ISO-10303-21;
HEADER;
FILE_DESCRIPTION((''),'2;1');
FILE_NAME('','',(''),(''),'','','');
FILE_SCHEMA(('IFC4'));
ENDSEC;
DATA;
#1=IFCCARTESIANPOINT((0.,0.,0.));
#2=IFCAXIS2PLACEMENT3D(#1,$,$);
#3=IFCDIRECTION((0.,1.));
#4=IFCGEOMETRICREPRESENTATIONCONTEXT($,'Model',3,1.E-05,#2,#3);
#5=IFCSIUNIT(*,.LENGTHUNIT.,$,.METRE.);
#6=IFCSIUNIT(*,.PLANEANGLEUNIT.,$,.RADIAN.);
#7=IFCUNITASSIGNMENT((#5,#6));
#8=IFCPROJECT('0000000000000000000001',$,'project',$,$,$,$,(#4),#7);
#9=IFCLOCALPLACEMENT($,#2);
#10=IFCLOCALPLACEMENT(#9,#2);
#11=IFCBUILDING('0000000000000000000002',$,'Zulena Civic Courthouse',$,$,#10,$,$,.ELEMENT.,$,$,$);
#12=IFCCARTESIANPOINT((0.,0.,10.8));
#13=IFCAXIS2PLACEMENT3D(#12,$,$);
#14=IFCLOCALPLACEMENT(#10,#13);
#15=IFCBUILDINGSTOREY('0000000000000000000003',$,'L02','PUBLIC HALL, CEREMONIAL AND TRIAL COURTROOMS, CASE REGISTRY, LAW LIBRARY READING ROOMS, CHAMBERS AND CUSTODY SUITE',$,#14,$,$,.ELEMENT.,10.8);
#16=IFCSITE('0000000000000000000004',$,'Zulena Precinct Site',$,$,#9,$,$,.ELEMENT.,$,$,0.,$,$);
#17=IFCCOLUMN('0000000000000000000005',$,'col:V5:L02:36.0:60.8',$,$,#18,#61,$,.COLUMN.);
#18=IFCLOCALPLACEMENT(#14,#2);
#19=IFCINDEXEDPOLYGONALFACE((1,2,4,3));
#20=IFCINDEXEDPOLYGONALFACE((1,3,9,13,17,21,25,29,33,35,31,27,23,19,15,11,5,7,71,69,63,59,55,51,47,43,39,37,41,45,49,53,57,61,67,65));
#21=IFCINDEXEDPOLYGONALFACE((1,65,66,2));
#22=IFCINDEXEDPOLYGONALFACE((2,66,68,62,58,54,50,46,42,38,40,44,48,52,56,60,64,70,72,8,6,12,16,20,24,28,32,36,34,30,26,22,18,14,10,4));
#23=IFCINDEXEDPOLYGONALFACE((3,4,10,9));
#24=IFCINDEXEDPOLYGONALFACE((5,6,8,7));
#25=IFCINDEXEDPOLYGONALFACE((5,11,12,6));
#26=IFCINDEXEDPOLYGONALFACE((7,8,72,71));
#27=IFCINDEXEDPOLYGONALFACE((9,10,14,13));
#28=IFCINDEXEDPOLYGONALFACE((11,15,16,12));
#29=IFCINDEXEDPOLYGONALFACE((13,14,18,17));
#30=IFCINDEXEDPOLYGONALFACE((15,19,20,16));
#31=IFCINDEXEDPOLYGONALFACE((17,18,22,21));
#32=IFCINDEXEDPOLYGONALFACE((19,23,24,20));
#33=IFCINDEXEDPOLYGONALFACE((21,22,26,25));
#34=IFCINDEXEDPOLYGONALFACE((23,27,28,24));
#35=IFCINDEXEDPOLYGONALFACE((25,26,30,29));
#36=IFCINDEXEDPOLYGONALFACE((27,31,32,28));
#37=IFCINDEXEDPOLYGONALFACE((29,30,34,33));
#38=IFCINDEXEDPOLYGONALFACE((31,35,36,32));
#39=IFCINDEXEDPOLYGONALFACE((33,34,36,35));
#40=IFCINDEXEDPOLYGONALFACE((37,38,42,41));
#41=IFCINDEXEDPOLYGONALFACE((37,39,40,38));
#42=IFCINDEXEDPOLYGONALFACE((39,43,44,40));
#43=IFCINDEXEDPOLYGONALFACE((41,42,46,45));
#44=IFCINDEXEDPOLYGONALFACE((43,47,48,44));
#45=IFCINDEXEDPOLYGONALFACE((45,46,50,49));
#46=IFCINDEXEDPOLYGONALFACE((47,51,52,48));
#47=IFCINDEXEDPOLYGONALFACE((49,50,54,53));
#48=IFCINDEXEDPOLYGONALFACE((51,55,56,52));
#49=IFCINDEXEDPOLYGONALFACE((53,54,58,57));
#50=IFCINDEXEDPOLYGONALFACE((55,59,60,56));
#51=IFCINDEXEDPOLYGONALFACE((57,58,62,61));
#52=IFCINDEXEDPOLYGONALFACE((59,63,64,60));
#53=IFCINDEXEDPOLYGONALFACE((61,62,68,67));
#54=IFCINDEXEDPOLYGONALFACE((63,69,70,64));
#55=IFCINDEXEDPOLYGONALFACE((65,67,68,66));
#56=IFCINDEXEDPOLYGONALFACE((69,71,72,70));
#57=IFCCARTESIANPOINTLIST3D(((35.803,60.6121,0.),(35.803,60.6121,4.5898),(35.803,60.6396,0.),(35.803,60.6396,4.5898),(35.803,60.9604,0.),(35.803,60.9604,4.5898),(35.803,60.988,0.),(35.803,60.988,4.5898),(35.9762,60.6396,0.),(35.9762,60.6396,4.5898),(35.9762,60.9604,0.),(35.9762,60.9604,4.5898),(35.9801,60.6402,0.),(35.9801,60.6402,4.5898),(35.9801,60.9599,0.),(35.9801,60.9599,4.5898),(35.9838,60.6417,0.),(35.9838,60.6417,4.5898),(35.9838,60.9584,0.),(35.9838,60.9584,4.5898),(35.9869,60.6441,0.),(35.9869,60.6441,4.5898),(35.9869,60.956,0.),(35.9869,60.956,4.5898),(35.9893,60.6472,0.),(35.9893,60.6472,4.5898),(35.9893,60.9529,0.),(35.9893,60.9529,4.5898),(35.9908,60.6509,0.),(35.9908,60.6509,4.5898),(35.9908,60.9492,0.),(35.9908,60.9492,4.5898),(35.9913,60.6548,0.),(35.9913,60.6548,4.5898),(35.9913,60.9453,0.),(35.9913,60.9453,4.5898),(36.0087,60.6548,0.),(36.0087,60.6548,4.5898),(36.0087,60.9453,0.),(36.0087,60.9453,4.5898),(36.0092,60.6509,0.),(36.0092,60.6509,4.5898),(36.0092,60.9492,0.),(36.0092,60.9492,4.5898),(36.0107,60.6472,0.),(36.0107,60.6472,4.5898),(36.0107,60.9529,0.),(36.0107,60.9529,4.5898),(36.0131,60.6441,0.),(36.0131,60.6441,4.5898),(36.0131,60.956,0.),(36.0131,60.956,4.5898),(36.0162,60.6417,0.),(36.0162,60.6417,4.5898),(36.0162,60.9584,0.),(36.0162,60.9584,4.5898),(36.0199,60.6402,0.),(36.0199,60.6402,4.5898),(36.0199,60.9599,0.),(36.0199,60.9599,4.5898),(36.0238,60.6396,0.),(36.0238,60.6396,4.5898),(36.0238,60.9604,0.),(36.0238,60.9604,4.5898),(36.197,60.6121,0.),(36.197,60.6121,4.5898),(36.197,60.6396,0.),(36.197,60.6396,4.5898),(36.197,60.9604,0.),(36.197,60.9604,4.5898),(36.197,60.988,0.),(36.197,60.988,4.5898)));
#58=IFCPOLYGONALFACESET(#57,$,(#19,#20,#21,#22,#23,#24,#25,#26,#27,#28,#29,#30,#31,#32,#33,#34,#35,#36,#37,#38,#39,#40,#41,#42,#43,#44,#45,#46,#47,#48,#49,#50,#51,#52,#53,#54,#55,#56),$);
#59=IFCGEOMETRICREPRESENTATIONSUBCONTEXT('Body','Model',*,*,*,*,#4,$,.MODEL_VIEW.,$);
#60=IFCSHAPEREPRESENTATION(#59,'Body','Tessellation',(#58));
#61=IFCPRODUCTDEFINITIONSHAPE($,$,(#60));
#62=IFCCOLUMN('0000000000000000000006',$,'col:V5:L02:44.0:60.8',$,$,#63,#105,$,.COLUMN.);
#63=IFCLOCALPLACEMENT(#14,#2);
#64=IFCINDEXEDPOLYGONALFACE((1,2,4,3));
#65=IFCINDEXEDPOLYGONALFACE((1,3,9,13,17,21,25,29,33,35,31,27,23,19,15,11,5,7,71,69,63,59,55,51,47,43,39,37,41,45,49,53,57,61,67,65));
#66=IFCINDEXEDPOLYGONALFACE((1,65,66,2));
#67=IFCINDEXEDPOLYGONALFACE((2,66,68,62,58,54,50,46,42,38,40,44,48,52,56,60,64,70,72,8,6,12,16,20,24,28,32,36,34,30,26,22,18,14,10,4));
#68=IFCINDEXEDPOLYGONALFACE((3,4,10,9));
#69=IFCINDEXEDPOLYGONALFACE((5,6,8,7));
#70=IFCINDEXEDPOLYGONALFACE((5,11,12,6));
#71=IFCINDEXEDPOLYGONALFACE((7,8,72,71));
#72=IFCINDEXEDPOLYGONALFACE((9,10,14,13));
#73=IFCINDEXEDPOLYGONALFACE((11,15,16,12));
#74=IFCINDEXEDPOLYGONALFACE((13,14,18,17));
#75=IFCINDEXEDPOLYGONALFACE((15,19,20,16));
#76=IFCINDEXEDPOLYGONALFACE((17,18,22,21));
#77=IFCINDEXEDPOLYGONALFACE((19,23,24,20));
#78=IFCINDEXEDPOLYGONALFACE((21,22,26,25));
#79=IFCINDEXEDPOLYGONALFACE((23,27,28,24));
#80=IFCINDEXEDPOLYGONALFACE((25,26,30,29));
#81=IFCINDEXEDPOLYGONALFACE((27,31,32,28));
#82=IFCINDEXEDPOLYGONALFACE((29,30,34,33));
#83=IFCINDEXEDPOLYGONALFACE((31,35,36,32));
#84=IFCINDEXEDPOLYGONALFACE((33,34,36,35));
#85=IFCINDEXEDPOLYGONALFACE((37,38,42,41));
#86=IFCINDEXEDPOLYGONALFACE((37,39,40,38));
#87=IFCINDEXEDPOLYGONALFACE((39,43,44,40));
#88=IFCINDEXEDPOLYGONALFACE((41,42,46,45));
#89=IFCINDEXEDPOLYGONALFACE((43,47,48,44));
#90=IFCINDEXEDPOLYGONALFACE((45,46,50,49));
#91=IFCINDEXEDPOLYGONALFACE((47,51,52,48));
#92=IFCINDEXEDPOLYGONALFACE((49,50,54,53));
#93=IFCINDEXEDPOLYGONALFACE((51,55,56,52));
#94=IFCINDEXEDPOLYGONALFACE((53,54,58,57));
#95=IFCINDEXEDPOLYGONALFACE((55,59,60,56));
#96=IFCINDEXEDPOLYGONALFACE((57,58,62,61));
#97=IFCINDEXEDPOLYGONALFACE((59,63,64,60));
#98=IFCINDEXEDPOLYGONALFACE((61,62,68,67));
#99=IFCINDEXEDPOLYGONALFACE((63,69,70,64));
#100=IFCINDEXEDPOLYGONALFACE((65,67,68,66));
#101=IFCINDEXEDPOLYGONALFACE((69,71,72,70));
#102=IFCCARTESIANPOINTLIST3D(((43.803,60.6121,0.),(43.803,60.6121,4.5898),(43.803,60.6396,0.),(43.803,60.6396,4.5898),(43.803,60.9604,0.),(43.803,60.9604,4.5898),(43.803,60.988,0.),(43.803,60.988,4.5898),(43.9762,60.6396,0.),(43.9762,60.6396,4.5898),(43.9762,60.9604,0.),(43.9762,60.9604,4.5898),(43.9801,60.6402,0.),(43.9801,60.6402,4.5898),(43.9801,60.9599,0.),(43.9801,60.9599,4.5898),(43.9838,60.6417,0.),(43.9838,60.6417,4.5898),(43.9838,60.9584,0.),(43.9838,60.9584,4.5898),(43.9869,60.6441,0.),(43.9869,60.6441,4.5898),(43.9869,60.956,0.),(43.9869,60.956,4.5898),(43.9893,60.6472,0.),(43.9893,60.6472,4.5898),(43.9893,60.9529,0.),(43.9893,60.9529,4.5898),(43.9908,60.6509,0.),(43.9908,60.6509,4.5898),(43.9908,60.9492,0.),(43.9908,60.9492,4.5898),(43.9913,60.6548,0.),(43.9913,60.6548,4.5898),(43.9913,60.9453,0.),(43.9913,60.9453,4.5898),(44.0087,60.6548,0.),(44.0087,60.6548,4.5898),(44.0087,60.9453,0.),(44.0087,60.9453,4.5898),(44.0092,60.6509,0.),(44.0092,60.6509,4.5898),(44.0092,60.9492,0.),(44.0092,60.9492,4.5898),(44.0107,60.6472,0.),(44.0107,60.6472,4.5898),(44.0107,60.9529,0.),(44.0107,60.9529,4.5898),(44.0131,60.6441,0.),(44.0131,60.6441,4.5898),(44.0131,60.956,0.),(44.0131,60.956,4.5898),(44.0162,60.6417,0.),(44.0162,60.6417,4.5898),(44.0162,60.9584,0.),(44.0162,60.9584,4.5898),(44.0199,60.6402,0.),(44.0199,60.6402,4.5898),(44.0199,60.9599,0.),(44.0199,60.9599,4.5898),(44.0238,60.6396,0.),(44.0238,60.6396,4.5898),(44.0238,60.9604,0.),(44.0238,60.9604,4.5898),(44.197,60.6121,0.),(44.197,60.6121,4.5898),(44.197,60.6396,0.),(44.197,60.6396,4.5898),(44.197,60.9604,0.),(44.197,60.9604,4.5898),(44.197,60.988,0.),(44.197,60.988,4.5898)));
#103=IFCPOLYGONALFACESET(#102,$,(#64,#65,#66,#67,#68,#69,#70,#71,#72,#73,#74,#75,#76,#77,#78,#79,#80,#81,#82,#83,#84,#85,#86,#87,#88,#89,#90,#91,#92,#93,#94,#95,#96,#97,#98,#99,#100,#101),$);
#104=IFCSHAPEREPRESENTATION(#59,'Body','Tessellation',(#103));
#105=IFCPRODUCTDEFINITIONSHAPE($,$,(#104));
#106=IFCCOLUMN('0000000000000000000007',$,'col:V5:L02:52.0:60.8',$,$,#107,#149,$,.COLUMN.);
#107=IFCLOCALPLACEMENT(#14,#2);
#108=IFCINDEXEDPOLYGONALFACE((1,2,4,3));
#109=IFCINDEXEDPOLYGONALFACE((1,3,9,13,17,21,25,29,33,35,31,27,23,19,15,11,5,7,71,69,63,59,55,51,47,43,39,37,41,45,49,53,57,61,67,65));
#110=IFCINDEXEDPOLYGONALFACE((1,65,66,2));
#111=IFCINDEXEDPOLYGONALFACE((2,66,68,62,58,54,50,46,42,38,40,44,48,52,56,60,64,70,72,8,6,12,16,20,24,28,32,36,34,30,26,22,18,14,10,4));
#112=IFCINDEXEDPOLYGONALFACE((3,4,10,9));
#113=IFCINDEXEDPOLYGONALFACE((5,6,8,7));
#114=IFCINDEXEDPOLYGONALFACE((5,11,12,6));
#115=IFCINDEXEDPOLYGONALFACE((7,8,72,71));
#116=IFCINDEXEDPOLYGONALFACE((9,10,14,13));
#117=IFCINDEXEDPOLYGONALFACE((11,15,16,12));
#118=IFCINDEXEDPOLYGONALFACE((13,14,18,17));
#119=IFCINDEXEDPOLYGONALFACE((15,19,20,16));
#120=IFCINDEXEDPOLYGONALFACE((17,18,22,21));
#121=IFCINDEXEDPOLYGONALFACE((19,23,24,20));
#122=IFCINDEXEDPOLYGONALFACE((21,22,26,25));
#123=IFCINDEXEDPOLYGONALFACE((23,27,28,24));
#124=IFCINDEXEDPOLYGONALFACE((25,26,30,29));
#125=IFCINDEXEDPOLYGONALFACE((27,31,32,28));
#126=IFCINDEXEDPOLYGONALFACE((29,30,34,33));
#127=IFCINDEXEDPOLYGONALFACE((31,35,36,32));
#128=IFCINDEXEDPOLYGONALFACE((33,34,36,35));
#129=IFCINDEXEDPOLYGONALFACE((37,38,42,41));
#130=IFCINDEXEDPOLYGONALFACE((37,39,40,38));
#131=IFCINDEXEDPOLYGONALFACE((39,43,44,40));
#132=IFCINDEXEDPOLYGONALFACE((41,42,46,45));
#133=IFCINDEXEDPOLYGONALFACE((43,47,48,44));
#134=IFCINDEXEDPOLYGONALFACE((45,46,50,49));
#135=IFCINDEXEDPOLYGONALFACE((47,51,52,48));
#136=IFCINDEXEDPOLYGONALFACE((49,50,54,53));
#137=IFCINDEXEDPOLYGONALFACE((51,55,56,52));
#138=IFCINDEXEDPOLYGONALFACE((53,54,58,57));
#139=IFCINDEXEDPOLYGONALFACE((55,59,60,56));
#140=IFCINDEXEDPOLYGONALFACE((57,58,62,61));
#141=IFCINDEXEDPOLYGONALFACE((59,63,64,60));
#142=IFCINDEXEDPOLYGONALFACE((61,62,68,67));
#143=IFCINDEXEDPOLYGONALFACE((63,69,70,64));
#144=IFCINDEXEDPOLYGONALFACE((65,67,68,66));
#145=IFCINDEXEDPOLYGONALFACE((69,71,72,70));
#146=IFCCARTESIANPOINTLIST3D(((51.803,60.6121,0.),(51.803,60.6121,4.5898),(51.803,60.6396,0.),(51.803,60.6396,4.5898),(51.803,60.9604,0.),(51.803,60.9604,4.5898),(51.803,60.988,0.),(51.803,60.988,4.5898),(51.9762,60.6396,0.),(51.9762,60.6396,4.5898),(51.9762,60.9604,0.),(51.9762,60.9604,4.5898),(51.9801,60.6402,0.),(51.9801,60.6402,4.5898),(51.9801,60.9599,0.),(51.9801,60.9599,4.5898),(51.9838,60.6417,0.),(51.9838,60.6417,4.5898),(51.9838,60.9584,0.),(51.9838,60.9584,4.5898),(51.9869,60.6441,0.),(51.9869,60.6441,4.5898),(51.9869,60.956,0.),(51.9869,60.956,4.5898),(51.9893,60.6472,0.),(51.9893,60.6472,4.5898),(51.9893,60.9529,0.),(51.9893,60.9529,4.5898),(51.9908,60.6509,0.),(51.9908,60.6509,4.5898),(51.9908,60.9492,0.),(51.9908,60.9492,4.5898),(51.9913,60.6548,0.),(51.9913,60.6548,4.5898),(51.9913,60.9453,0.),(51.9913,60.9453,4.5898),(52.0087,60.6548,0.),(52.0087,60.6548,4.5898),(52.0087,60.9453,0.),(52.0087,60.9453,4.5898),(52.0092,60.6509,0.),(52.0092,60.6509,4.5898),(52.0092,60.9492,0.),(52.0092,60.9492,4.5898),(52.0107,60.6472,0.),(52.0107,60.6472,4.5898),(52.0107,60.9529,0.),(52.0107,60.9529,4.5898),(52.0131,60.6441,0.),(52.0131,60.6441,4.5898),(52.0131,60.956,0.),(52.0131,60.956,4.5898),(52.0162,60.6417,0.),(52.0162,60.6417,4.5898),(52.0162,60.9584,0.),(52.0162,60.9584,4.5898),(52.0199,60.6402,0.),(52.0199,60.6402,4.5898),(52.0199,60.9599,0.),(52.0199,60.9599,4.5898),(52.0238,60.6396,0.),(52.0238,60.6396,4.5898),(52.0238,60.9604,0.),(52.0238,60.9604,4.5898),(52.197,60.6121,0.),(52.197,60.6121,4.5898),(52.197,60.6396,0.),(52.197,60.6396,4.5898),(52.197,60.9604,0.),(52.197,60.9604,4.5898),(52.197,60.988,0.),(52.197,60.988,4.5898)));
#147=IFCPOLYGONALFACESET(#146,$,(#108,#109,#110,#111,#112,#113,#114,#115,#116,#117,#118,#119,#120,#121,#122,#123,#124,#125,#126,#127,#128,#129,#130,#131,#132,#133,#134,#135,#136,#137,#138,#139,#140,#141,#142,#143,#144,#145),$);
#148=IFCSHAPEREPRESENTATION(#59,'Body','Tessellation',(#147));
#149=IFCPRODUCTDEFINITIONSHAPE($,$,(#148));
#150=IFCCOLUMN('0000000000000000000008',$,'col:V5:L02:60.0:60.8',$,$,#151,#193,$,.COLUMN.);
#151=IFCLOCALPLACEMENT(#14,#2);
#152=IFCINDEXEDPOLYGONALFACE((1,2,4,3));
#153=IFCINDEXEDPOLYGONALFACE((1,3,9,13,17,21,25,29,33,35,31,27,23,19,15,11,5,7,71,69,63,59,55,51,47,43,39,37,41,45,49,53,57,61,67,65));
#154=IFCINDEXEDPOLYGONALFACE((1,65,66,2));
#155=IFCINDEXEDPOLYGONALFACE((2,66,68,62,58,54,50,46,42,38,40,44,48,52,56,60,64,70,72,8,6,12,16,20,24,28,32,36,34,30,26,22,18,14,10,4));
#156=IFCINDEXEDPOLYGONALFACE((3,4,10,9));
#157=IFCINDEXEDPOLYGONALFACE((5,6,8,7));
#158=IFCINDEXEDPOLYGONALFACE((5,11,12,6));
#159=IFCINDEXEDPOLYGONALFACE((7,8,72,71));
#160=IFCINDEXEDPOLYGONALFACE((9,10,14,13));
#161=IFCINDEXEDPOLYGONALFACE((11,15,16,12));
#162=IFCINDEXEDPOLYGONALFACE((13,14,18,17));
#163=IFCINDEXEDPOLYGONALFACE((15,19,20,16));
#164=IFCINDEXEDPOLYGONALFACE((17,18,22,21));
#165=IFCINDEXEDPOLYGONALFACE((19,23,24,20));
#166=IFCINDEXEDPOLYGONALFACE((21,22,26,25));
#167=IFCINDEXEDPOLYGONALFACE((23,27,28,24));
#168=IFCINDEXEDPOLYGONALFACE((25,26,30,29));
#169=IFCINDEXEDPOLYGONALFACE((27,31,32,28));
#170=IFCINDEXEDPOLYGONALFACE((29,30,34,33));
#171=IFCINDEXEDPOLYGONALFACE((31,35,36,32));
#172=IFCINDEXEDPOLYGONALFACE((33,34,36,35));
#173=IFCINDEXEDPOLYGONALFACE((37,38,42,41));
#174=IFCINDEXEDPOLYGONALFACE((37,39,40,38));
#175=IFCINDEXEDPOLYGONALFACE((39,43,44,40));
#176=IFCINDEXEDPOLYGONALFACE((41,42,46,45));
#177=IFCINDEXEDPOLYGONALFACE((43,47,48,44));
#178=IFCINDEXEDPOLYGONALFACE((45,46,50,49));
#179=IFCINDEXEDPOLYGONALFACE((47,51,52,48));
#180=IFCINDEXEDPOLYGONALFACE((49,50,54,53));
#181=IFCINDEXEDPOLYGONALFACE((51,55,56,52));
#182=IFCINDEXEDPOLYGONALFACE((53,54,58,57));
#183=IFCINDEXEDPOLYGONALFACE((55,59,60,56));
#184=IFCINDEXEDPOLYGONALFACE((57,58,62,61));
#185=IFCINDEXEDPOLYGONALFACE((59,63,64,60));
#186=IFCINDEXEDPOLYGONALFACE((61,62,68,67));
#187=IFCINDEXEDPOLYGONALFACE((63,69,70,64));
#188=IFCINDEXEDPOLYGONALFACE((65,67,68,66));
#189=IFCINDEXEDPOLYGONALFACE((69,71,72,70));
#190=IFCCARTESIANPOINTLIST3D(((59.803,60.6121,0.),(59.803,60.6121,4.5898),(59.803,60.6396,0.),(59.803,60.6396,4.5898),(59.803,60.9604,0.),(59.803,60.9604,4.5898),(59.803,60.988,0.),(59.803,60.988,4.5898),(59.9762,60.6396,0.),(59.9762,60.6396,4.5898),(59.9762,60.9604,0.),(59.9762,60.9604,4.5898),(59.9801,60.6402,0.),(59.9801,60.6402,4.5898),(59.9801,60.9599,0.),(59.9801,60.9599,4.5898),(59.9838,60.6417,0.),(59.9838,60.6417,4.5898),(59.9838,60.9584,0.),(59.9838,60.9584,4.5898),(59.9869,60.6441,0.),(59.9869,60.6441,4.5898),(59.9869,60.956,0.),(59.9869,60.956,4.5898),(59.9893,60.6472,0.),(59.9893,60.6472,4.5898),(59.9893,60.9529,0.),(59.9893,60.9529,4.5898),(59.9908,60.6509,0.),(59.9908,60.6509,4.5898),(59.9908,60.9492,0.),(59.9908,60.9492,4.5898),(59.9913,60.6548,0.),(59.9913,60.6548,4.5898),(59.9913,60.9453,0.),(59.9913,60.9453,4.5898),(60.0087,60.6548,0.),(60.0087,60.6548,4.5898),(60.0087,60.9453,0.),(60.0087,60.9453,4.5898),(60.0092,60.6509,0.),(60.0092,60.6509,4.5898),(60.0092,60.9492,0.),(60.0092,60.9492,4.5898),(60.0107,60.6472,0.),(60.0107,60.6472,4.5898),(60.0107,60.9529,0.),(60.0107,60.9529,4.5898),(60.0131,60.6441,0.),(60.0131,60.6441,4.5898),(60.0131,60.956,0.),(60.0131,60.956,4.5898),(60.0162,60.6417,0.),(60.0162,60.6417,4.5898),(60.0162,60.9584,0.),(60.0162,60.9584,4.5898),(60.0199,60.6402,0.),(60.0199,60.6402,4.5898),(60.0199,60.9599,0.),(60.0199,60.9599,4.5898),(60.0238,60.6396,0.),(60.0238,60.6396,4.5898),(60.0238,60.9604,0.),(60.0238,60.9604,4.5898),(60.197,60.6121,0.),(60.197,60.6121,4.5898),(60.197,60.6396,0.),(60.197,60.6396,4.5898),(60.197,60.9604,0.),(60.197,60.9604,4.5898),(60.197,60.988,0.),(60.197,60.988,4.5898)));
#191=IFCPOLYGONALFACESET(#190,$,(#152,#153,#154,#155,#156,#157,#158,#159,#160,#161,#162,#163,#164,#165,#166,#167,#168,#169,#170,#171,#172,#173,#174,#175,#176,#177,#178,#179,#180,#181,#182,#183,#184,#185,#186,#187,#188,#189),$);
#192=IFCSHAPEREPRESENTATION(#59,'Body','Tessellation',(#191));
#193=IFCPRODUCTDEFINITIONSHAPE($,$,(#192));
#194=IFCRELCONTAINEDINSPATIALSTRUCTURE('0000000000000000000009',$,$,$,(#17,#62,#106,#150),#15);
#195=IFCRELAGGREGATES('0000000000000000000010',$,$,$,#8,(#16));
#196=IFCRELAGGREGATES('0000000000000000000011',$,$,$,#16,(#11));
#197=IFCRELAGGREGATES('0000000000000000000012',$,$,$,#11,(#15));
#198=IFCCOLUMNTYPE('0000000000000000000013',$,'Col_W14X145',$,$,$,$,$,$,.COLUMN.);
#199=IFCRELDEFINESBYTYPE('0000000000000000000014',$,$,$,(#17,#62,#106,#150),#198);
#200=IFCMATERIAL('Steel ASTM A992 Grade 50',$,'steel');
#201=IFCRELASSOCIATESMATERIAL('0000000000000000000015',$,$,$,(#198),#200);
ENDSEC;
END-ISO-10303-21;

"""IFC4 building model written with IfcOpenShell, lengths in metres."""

from ifc_helpers import new_model, si_unit, direction, frame, origin, origin_2d, place, context, subcontext, project, spatial, i_section, extrude, material, material_profile, profile_set, type_object, element, save


model = new_model("IFC4")

# Units and contexts
model_context = context("Model", 3, precision=1e-05, world=origin(), true_north=direction((0.0, 1.0)))
body_context = subcontext(model_context, "Body", "Model", "MODEL_VIEW")
ifc_project = project(units=[si_unit("LENGTHUNIT", "METRE"), si_unit("PLANEANGLEUNIT", "RADIAN")], contexts=[model_context])

# Site, building, storey
site_placement = place(None, origin())
site = spatial("IfcSite", under=ifc_project, at=site_placement, Name="Zulena Precinct Site", CompositionType="ELEMENT", RefElevation=0.0)
building_placement = place(site_placement, origin())
building = spatial("IfcBuilding", under=site, at=building_placement, Name="Zulena Civic Courthouse", CompositionType="ELEMENT")
storey_placement = place(building_placement, frame((0.0, 0.0, 10.8)))
storey = spatial("IfcBuildingStorey", under=building, at=storey_placement, Name="L02", Description="PUBLIC HALL, CEREMONIAL AND TRIAL COURTROOMS, CASE REGISTRY, LAW LIBRARY READING ROOMS, CHAMBERS AND CUSTODY SUITE", CompositionType="ELEMENT", Elevation=10.8)

# Columns
ifc_material_1 = material(Name="Steel ASTM A992 Grade 50", Category="steel")
ifc_material_profile_1 = material_profile(ifc_material_1, i_section(OverallWidth=0.394, OverallDepth=0.376, WebThickness=0.0173, FlangeThickness=0.0276, FilletRadius=0.0151, at=origin_2d()), Name="W14X145")
ifc_profile_set_1 = profile_set([ifc_material_profile_1], Name="Steel ASTM A992 Grade 50")
column_type = type_object("IfcColumnType", Name="Col_W14X145", PredefinedType="COLUMN", material=ifc_profile_set_1)
for number, where, z_axis, x_axis, name in (
    (1, (36.0, 60.8, 0.0), (0.0, 0.0, 1.0), (1.0, 0.0, 0.0), "col:V5:L02:36.0:60.8"),
    (2, (44.0, 60.8, 0.0), (0.0, 0.0, 1.0), (1.0, 0.0, 0.0), "col:V5:L02:44.0:60.8"),
    (3, (52.0, 60.8, 0.0), (0.0, 0.0, 1.0), (1.0, 0.0, 0.0), "col:V5:L02:52.0:60.8"),
    (4, (60.0, 60.8, 0.0), (0.0, 0.0, 1.0), (1.0, 0.0, 0.0), "col:V5:L02:60.0:60.8"),
):
    element("IfcColumn", number, at=place(storey_placement, frame(where, z_axis=z_axis, x_axis=x_axis)), inside=storey, type_object=column_type, Name=name, PredefinedType="COLUMN", context=body_context, shape_type="SweptSolid", body=[
        extrude(i_section(OverallWidth=0.394, OverallDepth=0.376, WebThickness=0.0173, FlangeThickness=0.0276, FilletRadius=0.0151, at=origin_2d()), origin(), (0.0, 0.0, 1.0), 4.5898),
    ])

save(model, "model.ifc")
